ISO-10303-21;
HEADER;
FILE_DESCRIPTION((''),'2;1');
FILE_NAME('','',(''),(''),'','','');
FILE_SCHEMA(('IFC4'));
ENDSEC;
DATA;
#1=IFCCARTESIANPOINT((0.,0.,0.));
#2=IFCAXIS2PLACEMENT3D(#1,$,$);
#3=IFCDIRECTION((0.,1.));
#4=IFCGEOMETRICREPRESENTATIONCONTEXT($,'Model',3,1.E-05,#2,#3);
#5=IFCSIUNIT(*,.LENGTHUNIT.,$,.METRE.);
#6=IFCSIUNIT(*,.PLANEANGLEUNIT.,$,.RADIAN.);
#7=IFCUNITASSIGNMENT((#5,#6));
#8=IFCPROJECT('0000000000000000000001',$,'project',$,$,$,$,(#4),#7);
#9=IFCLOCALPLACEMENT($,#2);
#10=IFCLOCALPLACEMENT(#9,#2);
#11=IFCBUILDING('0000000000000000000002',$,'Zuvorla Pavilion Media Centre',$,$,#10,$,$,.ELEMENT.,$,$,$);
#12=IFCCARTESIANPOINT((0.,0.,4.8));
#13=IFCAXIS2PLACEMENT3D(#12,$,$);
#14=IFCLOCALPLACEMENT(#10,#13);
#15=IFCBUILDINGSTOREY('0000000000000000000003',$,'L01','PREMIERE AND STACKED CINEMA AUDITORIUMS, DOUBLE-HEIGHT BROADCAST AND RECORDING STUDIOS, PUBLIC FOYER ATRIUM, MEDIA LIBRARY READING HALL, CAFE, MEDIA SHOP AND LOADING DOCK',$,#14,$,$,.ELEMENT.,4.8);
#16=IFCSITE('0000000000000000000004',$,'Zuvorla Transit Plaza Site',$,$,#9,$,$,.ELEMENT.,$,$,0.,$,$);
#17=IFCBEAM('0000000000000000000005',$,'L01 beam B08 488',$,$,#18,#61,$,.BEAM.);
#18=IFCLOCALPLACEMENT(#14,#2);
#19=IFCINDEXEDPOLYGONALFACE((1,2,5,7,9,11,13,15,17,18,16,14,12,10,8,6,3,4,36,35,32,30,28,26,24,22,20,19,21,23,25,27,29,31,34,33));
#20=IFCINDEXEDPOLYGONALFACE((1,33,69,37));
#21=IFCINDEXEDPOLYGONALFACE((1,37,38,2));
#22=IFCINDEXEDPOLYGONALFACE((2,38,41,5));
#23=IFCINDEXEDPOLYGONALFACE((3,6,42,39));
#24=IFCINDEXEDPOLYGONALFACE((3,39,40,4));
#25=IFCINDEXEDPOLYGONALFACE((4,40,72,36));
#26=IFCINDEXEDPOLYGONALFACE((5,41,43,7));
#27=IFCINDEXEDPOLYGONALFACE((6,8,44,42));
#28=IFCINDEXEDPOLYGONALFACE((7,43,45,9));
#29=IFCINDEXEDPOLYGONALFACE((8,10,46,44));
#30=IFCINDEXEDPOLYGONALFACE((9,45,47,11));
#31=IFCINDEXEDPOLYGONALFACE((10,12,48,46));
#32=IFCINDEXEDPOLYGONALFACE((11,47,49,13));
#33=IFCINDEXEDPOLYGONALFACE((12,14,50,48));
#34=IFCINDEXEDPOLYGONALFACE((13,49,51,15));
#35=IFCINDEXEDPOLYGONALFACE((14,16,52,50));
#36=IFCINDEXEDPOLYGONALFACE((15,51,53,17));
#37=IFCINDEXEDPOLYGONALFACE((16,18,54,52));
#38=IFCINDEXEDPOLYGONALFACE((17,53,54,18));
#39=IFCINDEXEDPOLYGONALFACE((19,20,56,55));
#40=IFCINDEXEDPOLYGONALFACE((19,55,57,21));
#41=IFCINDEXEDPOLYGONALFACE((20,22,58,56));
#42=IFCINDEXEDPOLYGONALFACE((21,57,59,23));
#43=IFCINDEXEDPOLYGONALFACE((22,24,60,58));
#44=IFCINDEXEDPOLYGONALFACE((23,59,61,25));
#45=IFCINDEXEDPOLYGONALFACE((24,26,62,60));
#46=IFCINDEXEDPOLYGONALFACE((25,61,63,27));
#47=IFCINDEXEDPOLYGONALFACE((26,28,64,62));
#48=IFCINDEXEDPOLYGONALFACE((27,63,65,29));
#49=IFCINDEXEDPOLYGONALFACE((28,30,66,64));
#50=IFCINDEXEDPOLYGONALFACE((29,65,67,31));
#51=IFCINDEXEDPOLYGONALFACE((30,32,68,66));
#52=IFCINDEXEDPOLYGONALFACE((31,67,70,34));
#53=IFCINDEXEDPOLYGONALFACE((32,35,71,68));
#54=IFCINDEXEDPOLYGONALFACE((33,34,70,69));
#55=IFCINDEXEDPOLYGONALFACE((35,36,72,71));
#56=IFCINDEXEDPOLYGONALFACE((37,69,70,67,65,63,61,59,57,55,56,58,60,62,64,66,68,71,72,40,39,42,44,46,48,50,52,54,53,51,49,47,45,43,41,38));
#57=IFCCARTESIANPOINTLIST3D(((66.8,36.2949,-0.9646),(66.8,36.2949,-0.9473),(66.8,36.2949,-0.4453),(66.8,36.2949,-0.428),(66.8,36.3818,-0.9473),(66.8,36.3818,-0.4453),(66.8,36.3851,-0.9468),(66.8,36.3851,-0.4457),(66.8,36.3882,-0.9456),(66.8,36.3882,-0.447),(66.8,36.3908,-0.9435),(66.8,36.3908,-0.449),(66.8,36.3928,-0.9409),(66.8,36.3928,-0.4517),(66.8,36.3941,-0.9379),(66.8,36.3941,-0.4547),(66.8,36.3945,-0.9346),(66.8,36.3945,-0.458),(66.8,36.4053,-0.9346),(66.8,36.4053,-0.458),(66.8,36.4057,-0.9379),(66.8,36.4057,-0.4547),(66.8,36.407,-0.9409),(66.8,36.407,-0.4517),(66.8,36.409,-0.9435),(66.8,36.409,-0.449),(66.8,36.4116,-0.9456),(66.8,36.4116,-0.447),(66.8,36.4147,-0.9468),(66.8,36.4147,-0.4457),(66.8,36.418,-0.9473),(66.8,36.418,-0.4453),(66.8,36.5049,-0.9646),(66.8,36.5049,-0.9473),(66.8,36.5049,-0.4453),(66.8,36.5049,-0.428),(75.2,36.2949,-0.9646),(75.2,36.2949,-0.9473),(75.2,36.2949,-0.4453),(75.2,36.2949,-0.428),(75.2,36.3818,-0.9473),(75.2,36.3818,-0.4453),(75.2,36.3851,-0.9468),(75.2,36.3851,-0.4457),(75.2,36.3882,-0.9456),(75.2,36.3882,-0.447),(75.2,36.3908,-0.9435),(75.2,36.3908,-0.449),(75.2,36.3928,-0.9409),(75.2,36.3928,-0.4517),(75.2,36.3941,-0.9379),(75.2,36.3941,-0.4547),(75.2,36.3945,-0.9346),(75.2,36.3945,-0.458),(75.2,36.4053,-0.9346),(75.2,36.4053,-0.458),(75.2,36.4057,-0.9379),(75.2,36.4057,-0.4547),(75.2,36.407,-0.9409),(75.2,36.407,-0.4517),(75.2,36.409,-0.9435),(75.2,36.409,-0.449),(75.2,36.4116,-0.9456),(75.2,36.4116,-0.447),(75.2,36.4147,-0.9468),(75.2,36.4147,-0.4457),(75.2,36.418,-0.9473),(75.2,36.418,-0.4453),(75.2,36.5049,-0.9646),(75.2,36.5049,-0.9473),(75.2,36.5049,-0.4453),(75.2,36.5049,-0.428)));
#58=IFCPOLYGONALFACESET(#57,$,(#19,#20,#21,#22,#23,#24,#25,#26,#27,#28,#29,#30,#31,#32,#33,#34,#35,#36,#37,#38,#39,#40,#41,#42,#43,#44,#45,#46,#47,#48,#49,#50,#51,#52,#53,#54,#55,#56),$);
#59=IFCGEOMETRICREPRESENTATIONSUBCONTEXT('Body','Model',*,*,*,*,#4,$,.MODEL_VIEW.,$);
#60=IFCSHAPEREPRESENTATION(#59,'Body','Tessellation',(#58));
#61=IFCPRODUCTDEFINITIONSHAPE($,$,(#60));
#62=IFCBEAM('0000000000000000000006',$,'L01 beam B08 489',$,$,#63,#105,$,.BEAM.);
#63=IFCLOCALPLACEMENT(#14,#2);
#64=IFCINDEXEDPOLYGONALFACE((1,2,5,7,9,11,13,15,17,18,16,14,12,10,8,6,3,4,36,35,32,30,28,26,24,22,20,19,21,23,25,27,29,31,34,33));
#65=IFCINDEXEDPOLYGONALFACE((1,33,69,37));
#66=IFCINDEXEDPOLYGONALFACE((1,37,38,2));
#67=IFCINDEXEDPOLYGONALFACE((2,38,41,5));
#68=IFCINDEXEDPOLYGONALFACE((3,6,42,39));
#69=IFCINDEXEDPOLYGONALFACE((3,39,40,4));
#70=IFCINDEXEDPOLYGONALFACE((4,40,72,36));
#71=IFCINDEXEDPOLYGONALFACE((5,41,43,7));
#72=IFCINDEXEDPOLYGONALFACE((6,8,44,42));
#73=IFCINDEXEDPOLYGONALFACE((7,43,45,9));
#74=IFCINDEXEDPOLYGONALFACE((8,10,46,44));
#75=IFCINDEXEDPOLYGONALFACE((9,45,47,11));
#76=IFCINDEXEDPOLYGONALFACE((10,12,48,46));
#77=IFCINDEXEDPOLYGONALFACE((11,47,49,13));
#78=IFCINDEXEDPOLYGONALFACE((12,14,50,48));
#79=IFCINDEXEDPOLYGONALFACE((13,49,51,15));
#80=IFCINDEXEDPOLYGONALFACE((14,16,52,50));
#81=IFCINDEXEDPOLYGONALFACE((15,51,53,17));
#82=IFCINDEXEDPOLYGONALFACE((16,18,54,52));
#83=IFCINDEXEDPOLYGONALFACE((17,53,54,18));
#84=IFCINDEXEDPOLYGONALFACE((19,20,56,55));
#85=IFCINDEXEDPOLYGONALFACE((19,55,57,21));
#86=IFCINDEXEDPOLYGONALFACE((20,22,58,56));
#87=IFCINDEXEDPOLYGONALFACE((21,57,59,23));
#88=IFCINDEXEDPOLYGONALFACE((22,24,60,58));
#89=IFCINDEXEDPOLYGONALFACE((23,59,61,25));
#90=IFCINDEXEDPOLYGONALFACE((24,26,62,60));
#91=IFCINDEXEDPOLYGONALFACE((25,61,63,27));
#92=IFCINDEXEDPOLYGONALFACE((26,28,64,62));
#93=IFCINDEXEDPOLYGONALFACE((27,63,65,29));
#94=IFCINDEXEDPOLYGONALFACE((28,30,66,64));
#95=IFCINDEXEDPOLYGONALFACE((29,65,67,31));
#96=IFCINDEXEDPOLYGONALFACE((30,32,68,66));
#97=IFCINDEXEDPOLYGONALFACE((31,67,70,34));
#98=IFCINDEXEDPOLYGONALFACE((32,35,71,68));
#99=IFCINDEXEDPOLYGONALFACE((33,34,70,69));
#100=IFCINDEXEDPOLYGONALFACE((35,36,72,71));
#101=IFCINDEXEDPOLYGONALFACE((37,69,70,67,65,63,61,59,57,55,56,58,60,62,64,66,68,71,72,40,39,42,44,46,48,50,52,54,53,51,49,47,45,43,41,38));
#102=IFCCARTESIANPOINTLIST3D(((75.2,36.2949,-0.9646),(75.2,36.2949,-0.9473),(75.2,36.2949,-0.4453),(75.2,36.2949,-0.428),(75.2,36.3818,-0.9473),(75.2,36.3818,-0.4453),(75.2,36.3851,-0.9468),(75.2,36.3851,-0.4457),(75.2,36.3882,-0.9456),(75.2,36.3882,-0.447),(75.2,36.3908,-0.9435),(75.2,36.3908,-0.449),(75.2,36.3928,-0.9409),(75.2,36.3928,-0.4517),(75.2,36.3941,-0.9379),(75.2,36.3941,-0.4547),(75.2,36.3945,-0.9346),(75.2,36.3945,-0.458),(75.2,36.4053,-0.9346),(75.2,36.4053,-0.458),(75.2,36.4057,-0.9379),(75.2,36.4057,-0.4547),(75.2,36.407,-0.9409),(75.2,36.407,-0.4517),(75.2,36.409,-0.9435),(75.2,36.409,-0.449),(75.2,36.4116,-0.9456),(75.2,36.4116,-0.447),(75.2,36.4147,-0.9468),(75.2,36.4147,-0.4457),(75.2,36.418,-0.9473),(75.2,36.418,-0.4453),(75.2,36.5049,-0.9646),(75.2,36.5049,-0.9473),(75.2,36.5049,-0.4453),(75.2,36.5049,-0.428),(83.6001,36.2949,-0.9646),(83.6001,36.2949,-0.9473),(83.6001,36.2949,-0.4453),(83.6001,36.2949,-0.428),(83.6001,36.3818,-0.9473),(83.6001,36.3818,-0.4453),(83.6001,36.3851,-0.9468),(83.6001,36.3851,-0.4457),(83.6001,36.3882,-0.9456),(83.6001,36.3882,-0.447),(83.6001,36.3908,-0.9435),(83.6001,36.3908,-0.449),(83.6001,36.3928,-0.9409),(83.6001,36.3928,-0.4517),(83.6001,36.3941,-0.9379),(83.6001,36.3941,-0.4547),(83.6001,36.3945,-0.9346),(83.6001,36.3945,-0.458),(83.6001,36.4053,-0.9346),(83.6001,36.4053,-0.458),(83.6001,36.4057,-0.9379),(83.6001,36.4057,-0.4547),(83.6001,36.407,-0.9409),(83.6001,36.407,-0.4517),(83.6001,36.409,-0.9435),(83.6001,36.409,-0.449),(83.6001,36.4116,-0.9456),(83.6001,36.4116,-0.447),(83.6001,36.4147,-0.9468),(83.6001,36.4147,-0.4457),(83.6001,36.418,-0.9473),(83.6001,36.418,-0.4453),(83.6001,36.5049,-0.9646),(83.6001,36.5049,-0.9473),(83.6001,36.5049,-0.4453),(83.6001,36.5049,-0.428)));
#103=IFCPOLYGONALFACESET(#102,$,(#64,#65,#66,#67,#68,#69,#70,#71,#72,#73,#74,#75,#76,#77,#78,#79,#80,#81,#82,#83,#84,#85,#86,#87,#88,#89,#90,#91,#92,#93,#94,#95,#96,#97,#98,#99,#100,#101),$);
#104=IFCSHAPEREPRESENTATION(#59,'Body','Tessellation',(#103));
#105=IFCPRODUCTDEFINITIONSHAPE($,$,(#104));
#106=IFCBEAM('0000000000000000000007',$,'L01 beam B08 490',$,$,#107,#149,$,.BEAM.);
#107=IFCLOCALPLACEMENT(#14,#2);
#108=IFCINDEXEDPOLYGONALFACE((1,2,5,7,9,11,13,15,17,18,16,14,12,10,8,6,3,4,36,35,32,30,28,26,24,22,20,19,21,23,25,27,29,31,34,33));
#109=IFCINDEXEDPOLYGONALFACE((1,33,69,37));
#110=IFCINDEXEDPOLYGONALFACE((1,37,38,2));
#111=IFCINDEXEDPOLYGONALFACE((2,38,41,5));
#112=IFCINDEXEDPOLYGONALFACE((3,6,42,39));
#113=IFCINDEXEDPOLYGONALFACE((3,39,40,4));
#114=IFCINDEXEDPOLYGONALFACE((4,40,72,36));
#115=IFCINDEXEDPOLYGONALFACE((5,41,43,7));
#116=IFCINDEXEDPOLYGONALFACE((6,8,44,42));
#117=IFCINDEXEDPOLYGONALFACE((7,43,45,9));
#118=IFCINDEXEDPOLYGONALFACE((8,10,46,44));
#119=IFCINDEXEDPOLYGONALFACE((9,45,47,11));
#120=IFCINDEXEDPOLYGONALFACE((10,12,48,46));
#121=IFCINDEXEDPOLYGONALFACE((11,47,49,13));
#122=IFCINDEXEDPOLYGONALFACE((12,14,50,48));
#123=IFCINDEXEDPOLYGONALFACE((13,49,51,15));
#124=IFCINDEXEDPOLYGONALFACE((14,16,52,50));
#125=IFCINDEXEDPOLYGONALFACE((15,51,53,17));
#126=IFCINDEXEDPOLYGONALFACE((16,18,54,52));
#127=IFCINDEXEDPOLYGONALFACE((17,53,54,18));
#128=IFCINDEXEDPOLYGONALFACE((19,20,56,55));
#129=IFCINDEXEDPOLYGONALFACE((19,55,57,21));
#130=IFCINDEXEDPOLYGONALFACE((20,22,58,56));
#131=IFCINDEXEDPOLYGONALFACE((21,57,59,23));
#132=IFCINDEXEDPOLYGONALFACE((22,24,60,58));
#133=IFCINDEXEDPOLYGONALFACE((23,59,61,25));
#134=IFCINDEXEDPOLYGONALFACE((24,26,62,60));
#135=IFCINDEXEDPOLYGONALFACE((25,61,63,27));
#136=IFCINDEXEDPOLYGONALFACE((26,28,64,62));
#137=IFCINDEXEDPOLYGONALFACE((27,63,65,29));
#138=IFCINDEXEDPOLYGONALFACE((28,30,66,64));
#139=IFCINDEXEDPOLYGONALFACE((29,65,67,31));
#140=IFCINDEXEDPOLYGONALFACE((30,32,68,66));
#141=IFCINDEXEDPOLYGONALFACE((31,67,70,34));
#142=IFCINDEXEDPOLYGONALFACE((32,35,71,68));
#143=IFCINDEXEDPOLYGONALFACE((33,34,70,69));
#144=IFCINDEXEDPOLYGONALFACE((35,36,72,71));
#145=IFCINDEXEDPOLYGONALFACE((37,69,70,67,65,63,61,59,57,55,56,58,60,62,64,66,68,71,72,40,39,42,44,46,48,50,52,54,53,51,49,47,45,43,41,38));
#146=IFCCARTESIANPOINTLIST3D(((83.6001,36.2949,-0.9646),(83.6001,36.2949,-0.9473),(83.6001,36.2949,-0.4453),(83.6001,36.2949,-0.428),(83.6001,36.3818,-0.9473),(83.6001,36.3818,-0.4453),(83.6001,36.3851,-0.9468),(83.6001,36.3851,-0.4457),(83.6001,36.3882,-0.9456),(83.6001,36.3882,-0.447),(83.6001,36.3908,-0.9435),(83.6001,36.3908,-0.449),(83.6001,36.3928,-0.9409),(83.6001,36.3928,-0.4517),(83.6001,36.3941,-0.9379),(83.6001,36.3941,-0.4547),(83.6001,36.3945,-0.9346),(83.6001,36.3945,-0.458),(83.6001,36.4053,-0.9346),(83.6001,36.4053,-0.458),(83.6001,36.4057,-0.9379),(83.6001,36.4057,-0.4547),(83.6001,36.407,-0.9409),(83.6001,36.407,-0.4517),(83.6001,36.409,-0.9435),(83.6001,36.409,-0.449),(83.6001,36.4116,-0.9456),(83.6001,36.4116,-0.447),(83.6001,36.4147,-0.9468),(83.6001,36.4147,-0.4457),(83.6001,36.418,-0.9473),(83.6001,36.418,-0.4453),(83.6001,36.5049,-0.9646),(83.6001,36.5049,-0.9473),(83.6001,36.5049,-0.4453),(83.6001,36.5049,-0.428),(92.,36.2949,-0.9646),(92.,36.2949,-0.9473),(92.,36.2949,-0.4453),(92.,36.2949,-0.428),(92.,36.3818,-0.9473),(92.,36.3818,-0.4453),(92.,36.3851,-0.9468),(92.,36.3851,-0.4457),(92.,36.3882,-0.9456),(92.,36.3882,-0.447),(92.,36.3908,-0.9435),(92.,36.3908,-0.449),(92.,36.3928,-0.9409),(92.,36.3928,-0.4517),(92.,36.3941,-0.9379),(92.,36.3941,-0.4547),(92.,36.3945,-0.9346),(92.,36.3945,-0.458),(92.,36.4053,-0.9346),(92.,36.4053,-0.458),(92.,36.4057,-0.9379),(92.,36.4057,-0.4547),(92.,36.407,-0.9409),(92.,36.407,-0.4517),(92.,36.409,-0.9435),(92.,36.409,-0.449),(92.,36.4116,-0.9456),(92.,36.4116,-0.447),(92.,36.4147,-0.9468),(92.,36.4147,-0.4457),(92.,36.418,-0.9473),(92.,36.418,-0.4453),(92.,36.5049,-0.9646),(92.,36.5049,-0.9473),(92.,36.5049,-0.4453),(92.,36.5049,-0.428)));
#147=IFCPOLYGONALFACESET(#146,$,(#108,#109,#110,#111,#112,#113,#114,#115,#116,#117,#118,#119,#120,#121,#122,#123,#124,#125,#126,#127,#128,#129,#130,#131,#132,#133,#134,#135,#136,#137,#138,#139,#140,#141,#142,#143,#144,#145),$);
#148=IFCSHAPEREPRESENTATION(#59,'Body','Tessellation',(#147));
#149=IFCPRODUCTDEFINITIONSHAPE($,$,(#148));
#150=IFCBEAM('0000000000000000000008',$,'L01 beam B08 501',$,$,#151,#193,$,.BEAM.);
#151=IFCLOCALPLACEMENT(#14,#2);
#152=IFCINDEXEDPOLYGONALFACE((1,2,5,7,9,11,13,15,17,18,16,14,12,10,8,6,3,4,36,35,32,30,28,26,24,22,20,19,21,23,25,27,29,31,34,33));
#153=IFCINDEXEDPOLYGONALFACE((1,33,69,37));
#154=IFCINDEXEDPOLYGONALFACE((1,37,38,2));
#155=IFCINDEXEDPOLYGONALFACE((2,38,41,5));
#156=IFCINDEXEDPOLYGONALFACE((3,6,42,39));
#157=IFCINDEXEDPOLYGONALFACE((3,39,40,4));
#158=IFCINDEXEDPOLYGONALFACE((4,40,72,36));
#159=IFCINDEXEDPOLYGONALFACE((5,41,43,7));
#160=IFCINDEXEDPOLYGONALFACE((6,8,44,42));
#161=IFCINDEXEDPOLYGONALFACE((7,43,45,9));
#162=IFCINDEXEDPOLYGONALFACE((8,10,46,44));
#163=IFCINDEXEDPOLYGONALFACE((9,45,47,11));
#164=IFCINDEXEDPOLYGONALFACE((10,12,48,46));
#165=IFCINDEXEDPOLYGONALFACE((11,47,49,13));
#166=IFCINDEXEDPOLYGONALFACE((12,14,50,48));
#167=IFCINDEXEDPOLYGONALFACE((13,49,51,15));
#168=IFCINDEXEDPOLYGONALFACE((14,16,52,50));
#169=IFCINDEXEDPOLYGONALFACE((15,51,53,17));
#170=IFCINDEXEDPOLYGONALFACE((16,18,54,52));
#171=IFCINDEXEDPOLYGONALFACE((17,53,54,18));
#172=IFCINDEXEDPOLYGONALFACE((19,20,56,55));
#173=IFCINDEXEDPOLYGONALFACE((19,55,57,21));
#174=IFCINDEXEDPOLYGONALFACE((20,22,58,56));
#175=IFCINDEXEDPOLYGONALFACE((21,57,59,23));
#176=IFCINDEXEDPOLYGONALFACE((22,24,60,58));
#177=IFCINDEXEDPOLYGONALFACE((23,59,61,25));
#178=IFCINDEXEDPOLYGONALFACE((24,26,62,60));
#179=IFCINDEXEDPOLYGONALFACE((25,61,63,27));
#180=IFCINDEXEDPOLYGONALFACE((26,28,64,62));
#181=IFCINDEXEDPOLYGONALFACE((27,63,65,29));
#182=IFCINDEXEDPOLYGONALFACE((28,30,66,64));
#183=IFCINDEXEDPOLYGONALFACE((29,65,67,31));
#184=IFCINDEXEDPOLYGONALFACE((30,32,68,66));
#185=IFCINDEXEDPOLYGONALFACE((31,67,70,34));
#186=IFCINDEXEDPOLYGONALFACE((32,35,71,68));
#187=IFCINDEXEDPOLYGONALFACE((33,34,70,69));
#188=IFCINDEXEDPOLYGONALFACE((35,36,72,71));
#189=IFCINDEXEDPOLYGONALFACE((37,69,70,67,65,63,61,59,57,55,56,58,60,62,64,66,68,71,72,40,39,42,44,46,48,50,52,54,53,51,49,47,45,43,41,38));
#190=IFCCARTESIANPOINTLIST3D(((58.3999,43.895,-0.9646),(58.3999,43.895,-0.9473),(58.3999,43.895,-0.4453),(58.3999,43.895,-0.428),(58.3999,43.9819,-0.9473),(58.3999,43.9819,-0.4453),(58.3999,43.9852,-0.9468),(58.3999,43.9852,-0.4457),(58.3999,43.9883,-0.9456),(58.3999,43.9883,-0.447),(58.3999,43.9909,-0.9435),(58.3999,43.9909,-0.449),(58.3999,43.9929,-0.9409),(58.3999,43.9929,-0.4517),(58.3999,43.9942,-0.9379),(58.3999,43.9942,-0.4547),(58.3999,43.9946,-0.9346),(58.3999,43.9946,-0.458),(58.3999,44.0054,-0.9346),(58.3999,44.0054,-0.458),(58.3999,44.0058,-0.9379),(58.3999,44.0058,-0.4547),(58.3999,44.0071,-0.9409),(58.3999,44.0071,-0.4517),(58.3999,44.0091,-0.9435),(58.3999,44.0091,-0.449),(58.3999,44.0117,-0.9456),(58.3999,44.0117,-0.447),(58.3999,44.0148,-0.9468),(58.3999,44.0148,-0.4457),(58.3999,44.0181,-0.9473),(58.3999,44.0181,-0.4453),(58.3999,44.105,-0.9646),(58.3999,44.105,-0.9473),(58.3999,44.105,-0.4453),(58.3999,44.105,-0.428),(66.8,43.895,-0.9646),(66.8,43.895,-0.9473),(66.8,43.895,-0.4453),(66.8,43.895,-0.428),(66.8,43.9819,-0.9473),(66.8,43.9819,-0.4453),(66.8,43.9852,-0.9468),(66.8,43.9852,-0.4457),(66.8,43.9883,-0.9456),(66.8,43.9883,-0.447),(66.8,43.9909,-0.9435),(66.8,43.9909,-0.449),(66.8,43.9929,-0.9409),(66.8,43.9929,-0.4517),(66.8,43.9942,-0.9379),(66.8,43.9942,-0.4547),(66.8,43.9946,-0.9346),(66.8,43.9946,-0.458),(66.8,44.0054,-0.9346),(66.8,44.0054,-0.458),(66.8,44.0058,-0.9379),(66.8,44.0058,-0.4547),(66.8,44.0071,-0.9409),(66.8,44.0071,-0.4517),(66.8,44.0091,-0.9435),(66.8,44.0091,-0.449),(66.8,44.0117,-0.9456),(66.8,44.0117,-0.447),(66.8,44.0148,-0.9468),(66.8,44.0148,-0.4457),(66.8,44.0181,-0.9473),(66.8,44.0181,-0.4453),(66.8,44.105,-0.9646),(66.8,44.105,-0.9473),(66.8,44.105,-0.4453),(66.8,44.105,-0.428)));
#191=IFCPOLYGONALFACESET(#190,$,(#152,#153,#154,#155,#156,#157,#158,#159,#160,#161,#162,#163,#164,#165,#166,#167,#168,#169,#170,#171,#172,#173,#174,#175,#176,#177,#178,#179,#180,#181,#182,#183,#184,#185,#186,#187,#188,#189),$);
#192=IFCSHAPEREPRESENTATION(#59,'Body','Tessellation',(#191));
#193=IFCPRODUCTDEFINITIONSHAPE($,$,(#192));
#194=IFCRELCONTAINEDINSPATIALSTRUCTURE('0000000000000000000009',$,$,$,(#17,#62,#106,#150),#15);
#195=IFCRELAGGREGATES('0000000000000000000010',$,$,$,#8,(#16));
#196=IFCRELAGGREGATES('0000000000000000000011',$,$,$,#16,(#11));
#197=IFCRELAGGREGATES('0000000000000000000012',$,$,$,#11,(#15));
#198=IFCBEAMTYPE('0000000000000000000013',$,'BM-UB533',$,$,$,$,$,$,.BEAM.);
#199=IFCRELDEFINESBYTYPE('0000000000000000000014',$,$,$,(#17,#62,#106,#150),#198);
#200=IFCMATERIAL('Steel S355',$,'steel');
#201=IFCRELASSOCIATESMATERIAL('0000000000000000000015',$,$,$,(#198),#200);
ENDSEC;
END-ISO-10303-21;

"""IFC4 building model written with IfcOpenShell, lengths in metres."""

from ifc_helpers import new_model, si_unit, direction, frame, origin, origin_2d, place, context, subcontext, project, spatial, i_section, extrude, material, material_profile, profile_set, type_object, element, save


model = new_model("IFC4")

# Units and contexts
model_context = context("Model", 3, precision=1e-05, world=origin(), true_north=direction((0.0, 1.0)))
body_context = subcontext(model_context, "Body", "Model", "MODEL_VIEW")
ifc_project = project(units=[si_unit("LENGTHUNIT", "METRE"), si_unit("PLANEANGLEUNIT", "RADIAN")], contexts=[model_context])

# Site, building, storey
site_placement = place(None, origin())
site = spatial("IfcSite", under=ifc_project, at=site_placement, Name="Zuvorla Transit Plaza Site", CompositionType="ELEMENT", RefElevation=0.0)
building_placement = place(site_placement, origin())
building = spatial("IfcBuilding", under=site, at=building_placement, Name="Zuvorla Pavilion Media Centre", CompositionType="ELEMENT")
storey_placement = place(building_placement, frame((0.0, 0.0, 4.8)))
storey = spatial("IfcBuildingStorey", under=building, at=storey_placement, Name="L01", Description="PREMIERE AND STACKED CINEMA AUDITORIUMS, DOUBLE-HEIGHT BROADCAST AND RECORDING STUDIOS, PUBLIC FOYER ATRIUM, MEDIA LIBRARY READING HALL, CAFE, MEDIA SHOP AND LOADING DOCK", CompositionType="ELEMENT", Elevation=4.8)

# Shared definitions
ifc_material_1 = material(Name="Steel S355", Category="steel")

# Beams
ifc_material_profile_1 = material_profile(ifc_material_1, i_section(OverallWidth=0.21, OverallDepth=0.5366, WebThickness=0.0107, FlangeThickness=0.0173, FilletRadius=0.0127, at=origin_2d()), Name="UB 533x210x101")
ifc_profile_set_1 = profile_set([ifc_material_profile_1], Name="Steel S355")
beam_type_1 = type_object("IfcBeamType", Name="BM-UB533", PredefinedType="BEAM", material=ifc_profile_set_1)
beam_1_placement = place(storey_placement, frame((66.8, 36.3999, -0.6963), z_axis=(1.0, 0.0, 0.0), x_axis=(0.0, 1.0, 0.0)))
element("IfcBeam", 1, at=beam_1_placement, inside=storey, type_object=beam_type_1, Name="L01 beam B08 488", PredefinedType="BEAM", context=body_context, shape_type="SweptSolid", body=[
    extrude(i_section(OverallWidth=0.21, OverallDepth=0.5366, WebThickness=0.0107, FlangeThickness=0.0173, FilletRadius=0.0127, at=origin_2d()), origin(), (0.0, 0.0, 1.0), 8.3999),
])
beam_2_placement = place(storey_placement, frame((75.2, 36.3999, -0.6963), z_axis=(1.0, 0.0, 0.0), x_axis=(0.0, 1.0, 0.0)))
element("IfcBeam", 2, at=beam_2_placement, inside=storey, type_object=beam_type_1, Name="L01 beam B08 489", PredefinedType="BEAM", context=body_context, shape_type="SweptSolid", body=[
    extrude(i_section(OverallWidth=0.21, OverallDepth=0.5366, WebThickness=0.0107, FlangeThickness=0.0173, FilletRadius=0.0127, at=origin_2d()), origin(), (0.0, 0.0, 1.0), 8.4001),
])
beam_3_placement = place(storey_placement, frame((83.6001, 36.3999, -0.6963), z_axis=(1.0, 0.0, 0.0), x_axis=(0.0, 1.0, 0.0)))
element("IfcBeam", 3, at=beam_3_placement, inside=storey, type_object=beam_type_1, Name="L01 beam B08 490", PredefinedType="BEAM", context=body_context, shape_type="SweptSolid", body=[
    extrude(i_section(OverallWidth=0.21, OverallDepth=0.5366, WebThickness=0.0107, FlangeThickness=0.0173, FilletRadius=0.0127, at=origin_2d()), origin(), (0.0, 0.0, 1.0), 8.3999),
])
beam_4_placement = place(storey_placement, frame((58.3999, 44.0, -0.6963), z_axis=(1.0, 0.0, 0.0), x_axis=(0.0, 1.0, 0.0)))
element("IfcBeam", 4, at=beam_4_placement, inside=storey, type_object=beam_type_1, Name="L01 beam B08 501", PredefinedType="BEAM", context=body_context, shape_type="SweptSolid", body=[
    extrude(i_section(OverallWidth=0.21, OverallDepth=0.5366, WebThickness=0.0107, FlangeThickness=0.0173, FilletRadius=0.0127, at=origin_2d()), origin(), (0.0, 0.0, 1.0), 8.4001),
])

save(model, "model.ifc")
